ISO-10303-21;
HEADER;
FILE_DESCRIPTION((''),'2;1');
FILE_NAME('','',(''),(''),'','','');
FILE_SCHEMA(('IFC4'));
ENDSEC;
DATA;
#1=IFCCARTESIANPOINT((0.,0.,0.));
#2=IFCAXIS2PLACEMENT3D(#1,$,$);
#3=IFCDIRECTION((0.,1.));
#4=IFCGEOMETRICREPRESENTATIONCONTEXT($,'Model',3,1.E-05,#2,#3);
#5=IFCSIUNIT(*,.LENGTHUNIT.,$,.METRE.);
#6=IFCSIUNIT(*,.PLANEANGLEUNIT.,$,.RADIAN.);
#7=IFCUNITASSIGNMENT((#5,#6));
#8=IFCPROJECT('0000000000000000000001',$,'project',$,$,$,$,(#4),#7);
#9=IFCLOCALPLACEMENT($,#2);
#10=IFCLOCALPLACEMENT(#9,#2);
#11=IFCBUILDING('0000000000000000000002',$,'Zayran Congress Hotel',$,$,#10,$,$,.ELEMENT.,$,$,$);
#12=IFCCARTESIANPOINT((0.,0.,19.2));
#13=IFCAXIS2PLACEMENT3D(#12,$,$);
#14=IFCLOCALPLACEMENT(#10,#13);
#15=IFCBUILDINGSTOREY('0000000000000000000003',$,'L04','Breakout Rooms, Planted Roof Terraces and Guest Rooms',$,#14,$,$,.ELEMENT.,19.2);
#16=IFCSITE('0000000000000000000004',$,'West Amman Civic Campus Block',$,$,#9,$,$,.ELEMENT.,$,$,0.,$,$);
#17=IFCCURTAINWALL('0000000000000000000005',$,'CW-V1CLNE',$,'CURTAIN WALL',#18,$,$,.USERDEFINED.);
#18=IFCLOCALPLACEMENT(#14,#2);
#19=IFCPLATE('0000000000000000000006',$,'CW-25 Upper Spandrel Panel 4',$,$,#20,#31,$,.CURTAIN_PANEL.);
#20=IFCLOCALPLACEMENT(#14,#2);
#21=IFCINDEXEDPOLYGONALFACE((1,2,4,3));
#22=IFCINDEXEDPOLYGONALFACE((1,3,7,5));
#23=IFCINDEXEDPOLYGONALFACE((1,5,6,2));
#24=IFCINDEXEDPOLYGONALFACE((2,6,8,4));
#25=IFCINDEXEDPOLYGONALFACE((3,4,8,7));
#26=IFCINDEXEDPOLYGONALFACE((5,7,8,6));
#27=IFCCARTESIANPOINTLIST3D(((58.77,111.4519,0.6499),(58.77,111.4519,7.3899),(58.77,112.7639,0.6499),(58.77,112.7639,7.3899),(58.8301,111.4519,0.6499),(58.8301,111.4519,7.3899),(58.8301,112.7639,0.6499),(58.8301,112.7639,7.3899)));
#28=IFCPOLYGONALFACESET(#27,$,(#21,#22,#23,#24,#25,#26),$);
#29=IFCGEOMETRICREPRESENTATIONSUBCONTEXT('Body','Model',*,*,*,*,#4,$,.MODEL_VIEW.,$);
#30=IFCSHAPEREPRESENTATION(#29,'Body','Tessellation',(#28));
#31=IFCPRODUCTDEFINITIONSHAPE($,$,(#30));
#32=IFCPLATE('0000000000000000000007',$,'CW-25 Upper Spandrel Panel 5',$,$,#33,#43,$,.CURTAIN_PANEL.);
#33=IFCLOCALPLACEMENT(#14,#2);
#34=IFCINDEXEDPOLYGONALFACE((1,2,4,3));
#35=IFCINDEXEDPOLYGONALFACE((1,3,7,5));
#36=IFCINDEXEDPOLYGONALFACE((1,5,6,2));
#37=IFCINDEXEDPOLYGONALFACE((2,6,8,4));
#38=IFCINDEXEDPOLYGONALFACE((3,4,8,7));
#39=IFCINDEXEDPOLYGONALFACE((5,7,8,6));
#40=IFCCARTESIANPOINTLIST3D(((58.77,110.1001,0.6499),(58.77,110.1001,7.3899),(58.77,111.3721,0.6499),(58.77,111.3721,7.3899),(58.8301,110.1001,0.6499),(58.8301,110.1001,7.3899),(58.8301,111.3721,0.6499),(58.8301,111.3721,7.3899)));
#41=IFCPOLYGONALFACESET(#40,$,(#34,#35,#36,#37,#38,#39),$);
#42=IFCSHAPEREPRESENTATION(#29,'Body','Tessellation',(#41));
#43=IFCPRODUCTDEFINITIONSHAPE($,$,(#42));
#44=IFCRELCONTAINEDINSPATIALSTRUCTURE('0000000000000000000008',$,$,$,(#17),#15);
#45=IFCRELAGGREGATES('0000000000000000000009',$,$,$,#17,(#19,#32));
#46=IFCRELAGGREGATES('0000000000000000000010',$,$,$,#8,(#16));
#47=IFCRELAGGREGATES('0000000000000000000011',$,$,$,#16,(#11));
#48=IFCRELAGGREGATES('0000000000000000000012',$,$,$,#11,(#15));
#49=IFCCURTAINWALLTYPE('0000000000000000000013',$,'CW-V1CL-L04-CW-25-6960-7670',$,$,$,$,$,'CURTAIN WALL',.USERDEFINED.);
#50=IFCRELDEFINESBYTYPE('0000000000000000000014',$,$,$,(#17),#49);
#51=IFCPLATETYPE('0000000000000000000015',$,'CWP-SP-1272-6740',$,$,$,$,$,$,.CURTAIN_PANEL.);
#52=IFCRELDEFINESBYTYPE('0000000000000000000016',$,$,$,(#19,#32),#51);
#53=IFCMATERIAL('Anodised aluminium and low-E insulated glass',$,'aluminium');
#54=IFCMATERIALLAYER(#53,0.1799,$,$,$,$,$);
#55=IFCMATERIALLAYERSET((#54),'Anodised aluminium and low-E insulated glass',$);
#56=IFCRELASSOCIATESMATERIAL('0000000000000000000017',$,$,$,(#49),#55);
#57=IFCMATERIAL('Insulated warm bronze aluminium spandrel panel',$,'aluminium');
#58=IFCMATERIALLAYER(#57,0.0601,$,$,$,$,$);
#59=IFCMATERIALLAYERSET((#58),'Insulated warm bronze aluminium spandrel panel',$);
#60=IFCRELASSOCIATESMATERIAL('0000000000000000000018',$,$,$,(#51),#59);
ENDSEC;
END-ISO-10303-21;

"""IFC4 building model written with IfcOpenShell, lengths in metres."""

from ifc_helpers import new_model, si_unit, direction, frame, origin, origin_2d, place, context, subcontext, project, spatial, rectangle, extrude, material, layer, layer_set, type_object, element, aggregate, save


model = new_model("IFC4")

# Units and contexts
model_context = context("Model", 3, precision=1e-05, world=origin(), true_north=direction((0.0, 1.0)))
body_context = subcontext(model_context, "Body", "Model", "MODEL_VIEW")
ifc_project = project(units=[si_unit("LENGTHUNIT", "METRE"), si_unit("PLANEANGLEUNIT", "RADIAN")], contexts=[model_context])

# Site, building, storey
site_placement = place(None, origin())
site = spatial("IfcSite", under=ifc_project, at=site_placement, Name="West Amman Civic Campus Block", CompositionType="ELEMENT", RefElevation=0.0)
building_placement = place(site_placement, origin())
building = spatial("IfcBuilding", under=site, at=building_placement, Name="Zayran Congress Hotel", CompositionType="ELEMENT")
storey_placement = place(building_placement, frame((0.0, 0.0, 19.2)))
storey = spatial("IfcBuildingStorey", under=building, at=storey_placement, Name="L04", Description="Breakout Rooms, Planted Roof Terraces and Guest Rooms", CompositionType="ELEMENT", Elevation=19.2)

# Curtain wall, plates
ifc_material_1 = material(Name="Anodised aluminium and low-E insulated glass", Category="aluminium")
ifc_layer_1 = layer(ifc_material_1, 0.1799)
ifc_layer_set_1 = layer_set([ifc_layer_1], Name="Anodised aluminium and low-E insulated glass")
curtain_wall_type = type_object("IfcCurtainWallType", Name="CW-V1CL-L04-CW-25-6960-7670", ElementType="CURTAIN WALL", PredefinedType="USERDEFINED", material=ifc_layer_set_1)
curtain_wall_placement = place(storey_placement, origin())
curtain_wall = element("IfcCurtainWall", 1, at=curtain_wall_placement, inside=storey, type_object=curtain_wall_type, Name="CW-V1CLNE", ObjectType="CURTAIN WALL", PredefinedType="USERDEFINED")
ifc_material_2 = material(Name="Insulated warm bronze aluminium spandrel panel", Category="aluminium")
ifc_layer_2 = layer(ifc_material_2, 0.0601)
ifc_layer_set_2 = layer_set([ifc_layer_2], Name="Insulated warm bronze aluminium spandrel panel")
plate_type_1 = type_object("IfcPlateType", Name="CWP-SP-1272-6740", PredefinedType="CURTAIN_PANEL", material=ifc_layer_set_2)
plate_1_placement = place(storey_placement, frame((58.8, 112.1079, 0.6499), z_axis=(0.0, 0.0, 1.0), x_axis=(0.0, 1.0, 0.0)))
plate_1 = element("IfcPlate", 2, at=plate_1_placement, type_object=plate_type_1, Name="CW-25 Upper Spandrel Panel 4", PredefinedType="CURTAIN_PANEL", context=body_context, shape_type="SweptSolid", body=[
    extrude(rectangle(XDim=1.312, YDim=0.0601, at=origin_2d()), origin(), (0.0, 0.0, 1.0), 6.74),
])
plate_2_placement = place(storey_placement, frame((58.8, 110.7361, 0.6499), z_axis=(0.0, 0.0, 1.0), x_axis=(0.0, 1.0, 0.0)))
plate_2 = element("IfcPlate", 3, at=plate_2_placement, type_object=plate_type_1, Name="CW-25 Upper Spandrel Panel 5", PredefinedType="CURTAIN_PANEL", context=body_context, shape_type="SweptSolid", body=[
    extrude(rectangle(XDim=1.272, YDim=0.0601, at=origin_2d()), origin(), (0.0, 0.0, 1.0), 6.74),
])
aggregate(curtain_wall, [plate_1, plate_2])

save(model, "model.ifc")
